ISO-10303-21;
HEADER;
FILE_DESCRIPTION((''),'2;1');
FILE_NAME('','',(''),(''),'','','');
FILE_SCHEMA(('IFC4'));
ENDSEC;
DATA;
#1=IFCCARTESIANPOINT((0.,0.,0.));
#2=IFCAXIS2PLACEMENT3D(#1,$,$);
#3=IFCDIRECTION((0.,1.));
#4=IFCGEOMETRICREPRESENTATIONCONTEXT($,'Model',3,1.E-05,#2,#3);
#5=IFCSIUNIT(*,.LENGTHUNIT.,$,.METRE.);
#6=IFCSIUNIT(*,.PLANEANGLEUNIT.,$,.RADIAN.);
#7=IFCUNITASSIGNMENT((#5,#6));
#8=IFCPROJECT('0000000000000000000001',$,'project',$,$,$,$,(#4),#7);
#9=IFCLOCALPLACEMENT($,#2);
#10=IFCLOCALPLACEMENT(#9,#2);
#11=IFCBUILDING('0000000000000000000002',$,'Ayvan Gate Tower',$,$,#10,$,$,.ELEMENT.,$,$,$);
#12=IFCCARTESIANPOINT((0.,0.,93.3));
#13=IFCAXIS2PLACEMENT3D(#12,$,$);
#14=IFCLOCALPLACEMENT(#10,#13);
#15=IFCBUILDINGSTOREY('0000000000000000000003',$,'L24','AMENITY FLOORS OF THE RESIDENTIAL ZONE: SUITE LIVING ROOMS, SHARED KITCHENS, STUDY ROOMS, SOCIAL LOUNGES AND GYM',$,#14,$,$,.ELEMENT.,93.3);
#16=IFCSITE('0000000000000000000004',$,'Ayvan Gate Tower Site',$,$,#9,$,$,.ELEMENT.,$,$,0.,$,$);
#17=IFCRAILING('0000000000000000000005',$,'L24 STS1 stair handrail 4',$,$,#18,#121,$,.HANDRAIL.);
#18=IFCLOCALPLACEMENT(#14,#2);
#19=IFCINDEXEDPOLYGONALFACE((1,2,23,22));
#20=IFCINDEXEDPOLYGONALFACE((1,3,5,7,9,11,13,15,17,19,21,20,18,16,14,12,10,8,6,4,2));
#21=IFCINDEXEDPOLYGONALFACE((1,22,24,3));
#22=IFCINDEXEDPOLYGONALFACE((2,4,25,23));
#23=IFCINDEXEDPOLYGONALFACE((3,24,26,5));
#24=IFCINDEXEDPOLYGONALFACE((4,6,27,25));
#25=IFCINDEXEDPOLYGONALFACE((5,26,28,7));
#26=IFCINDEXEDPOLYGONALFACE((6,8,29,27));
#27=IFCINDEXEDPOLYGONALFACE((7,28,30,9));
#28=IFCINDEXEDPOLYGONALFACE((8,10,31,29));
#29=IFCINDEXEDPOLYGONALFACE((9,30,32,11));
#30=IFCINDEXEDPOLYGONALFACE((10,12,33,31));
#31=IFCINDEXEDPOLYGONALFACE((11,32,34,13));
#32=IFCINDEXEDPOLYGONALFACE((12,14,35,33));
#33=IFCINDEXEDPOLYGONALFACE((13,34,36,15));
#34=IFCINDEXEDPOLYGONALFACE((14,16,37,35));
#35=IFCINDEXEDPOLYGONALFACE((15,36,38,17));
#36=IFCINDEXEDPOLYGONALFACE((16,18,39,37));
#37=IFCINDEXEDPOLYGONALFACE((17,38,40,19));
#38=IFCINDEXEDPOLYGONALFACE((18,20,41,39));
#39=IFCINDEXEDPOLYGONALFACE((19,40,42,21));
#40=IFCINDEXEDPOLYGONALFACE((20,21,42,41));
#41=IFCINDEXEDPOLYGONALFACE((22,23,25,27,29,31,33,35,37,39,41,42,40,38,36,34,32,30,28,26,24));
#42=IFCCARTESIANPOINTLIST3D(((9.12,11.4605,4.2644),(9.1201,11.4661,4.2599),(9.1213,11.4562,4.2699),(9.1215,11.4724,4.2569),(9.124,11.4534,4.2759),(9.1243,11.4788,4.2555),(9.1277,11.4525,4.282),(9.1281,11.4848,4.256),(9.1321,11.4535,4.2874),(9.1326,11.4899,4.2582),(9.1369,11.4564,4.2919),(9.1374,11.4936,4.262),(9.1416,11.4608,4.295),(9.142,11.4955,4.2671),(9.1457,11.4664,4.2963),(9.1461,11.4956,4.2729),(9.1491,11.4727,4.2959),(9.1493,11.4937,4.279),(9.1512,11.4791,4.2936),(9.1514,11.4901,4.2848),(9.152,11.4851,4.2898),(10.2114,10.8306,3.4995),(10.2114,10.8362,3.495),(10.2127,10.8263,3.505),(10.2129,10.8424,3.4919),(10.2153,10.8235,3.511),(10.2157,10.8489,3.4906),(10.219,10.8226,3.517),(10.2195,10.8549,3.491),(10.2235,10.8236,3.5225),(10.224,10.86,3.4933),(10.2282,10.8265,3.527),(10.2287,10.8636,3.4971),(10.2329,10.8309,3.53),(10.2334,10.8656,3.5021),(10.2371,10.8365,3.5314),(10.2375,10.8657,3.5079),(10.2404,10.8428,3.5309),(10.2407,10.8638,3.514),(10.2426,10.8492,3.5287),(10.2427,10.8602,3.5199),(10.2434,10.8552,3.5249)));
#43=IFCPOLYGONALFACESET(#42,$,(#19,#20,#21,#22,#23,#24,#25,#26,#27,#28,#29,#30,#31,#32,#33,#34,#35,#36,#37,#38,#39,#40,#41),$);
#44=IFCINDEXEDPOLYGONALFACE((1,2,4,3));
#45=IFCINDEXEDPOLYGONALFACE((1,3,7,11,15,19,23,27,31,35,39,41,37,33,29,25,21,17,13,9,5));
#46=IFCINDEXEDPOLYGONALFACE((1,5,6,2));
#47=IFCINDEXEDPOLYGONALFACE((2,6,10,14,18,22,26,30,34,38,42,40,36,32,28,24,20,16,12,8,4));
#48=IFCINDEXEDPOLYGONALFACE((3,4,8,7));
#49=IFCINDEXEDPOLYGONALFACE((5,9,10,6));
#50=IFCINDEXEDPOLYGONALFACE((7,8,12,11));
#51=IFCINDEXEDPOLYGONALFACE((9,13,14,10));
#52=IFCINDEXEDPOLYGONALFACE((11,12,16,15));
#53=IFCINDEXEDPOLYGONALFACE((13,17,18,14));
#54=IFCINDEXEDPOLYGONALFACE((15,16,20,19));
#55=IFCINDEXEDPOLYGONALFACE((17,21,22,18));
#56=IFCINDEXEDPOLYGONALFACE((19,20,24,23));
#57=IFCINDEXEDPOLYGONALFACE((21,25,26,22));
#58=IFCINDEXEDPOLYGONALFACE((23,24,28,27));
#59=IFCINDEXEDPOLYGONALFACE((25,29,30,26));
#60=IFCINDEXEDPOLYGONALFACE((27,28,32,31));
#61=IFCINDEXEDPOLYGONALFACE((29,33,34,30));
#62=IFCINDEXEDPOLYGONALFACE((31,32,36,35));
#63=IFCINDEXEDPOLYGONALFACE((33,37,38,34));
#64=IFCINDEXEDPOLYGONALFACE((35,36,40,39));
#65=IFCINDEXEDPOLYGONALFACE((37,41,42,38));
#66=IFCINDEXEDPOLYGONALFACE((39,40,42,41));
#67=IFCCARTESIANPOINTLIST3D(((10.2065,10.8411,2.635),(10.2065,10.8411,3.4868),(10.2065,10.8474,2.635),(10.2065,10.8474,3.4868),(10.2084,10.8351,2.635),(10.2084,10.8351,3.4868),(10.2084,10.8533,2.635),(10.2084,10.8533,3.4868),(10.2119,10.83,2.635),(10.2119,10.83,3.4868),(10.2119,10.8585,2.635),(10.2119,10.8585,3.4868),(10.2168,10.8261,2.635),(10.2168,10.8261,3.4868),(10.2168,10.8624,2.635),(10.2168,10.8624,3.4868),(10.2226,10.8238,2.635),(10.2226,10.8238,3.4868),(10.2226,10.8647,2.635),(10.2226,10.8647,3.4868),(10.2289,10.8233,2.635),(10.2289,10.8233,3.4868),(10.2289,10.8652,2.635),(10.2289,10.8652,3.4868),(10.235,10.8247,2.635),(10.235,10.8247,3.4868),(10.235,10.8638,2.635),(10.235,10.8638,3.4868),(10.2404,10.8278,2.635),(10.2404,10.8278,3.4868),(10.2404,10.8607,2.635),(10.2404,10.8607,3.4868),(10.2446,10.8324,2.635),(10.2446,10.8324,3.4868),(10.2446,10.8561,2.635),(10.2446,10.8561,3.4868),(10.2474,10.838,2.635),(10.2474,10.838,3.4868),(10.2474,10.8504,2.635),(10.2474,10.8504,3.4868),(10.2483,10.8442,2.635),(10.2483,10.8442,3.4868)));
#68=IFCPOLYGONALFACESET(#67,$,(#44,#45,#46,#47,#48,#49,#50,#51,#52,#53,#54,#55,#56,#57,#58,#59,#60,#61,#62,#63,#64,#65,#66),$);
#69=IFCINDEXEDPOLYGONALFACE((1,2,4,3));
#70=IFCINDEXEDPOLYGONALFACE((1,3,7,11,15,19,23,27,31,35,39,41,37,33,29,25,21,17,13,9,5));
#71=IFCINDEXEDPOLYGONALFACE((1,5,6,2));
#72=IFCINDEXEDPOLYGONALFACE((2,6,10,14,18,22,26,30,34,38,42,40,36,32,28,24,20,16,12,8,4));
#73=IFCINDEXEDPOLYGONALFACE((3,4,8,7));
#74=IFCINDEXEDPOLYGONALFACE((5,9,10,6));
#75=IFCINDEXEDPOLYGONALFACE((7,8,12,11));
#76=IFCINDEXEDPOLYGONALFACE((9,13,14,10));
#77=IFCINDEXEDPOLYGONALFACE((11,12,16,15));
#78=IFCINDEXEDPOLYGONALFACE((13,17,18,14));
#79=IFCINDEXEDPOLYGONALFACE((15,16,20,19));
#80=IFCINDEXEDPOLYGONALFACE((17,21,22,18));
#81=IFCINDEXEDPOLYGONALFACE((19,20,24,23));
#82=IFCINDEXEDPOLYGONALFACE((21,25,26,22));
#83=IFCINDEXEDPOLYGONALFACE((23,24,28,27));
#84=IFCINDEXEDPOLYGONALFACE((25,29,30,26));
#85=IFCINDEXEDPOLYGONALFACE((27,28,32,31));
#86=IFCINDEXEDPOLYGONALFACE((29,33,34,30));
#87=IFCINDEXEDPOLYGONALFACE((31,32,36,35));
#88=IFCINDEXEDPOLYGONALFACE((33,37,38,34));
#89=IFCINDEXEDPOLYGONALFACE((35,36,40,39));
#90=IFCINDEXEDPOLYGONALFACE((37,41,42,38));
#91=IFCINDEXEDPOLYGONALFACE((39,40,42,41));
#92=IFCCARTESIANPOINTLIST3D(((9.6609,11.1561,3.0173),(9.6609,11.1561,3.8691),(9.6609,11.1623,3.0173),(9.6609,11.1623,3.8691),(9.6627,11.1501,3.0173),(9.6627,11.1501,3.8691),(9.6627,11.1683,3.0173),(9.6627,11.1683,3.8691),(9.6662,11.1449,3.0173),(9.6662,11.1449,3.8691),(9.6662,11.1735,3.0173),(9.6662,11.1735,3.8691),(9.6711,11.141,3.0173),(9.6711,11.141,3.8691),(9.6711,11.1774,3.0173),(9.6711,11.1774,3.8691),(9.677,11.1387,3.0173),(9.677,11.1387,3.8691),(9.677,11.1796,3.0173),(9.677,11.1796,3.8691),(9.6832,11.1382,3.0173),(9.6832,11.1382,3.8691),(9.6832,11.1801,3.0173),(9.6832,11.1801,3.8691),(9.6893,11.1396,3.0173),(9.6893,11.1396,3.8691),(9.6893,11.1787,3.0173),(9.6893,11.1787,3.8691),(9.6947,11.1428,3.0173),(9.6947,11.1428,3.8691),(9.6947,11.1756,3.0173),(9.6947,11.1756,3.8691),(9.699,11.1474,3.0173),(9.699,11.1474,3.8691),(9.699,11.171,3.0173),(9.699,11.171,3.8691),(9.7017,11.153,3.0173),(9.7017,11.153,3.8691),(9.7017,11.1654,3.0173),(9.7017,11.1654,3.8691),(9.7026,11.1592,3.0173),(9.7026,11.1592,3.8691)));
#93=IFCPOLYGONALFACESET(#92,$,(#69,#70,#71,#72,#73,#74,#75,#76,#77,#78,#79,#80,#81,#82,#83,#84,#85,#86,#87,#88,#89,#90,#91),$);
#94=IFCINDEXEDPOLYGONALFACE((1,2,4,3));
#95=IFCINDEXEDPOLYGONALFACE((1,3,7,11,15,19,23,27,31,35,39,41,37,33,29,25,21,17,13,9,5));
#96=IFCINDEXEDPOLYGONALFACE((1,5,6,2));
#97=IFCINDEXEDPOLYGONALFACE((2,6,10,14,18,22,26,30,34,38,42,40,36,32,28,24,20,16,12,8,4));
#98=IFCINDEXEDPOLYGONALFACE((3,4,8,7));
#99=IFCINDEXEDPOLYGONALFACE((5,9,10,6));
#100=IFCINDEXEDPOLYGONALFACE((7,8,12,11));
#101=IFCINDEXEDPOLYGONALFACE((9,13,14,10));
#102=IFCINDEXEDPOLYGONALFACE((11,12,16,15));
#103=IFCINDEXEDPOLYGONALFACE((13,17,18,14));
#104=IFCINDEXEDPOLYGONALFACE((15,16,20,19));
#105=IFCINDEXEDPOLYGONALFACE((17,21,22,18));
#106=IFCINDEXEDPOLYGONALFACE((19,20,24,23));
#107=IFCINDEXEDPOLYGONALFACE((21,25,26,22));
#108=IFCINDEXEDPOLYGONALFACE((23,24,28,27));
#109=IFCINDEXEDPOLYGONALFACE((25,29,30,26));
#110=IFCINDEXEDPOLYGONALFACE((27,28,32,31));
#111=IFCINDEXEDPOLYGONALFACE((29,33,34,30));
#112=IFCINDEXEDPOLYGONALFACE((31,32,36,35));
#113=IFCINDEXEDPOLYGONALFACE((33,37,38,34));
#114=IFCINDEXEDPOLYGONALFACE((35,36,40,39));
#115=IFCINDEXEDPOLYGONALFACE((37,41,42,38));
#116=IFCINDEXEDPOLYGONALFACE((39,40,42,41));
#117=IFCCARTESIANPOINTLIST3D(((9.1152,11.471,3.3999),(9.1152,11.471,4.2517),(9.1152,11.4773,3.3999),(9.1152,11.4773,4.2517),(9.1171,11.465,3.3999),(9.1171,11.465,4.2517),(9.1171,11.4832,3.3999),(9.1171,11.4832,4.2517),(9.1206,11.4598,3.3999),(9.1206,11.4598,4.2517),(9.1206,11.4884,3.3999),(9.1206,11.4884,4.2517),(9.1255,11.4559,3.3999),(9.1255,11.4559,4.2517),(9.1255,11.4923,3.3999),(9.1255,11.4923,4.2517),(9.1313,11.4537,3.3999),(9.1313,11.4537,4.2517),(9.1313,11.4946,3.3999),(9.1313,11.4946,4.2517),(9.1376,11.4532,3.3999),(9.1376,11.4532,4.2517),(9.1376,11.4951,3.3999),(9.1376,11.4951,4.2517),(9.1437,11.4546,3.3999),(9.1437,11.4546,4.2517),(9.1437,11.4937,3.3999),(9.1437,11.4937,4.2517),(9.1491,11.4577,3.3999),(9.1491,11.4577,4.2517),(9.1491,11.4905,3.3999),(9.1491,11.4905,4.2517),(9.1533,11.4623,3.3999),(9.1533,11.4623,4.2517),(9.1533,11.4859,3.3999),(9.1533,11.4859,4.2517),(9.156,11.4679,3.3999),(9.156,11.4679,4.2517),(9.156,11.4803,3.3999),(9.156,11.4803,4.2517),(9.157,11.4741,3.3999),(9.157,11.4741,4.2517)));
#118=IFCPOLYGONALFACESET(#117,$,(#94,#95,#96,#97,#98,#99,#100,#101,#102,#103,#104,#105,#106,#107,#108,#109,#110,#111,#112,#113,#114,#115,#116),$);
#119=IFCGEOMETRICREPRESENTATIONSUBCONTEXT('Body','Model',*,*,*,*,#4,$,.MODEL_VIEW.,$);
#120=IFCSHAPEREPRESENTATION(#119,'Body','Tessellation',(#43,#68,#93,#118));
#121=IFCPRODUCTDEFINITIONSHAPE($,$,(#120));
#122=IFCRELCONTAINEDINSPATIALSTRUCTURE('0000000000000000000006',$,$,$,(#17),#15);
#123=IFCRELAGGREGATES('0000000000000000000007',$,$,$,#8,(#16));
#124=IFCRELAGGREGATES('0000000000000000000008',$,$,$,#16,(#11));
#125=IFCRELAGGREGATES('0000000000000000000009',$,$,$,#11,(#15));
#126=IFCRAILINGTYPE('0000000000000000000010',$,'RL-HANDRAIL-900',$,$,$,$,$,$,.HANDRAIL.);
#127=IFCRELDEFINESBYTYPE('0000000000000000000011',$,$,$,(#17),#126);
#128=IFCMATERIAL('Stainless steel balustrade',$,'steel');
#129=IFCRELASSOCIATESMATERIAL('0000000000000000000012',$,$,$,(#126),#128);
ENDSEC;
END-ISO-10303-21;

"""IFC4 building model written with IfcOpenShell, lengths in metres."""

from ifc_helpers import new_model, si_unit, direction, frame, origin, origin_2d, place, context, subcontext, project, spatial, circle, extrude, material, type_object, element, save


model = new_model("IFC4")

# Units and contexts
model_context = context("Model", 3, precision=1e-05, world=origin(), true_north=direction((0.0, 1.0)))
body_context = subcontext(model_context, "Body", "Model", "MODEL_VIEW")
ifc_project = project(units=[si_unit("LENGTHUNIT", "METRE"), si_unit("PLANEANGLEUNIT", "RADIAN")], contexts=[model_context])

# Site, building, storey
site_placement = place(None, origin())
site = spatial("IfcSite", under=ifc_project, at=site_placement, Name="Ayvan Gate Tower Site", CompositionType="ELEMENT", RefElevation=0.0)
building_placement = place(site_placement, origin())
building = spatial("IfcBuilding", under=site, at=building_placement, Name="Ayvan Gate Tower", CompositionType="ELEMENT")
storey_placement = place(building_placement, frame((0.0, 0.0, 93.3)))
storey = spatial("IfcBuildingStorey", under=building, at=storey_placement, Name="L24", Description="AMENITY FLOORS OF THE RESIDENTIAL ZONE: SUITE LIVING ROOMS, SHARED KITCHENS, STUDY ROOMS, SOCIAL LOUNGES AND GYM", CompositionType="ELEMENT", Elevation=93.3)

# Railing
ifc_material_1 = material(Name="Stainless steel balustrade", Category="steel")
railing_type_1 = type_object("IfcRailingType", Name="RL-HANDRAIL-900", PredefinedType="HANDRAIL", material=ifc_material_1)
railing_1_placement = place(storey_placement, frame((10.2273, 10.8442, 2.635)))
element("IfcRailing", 1, at=railing_1_placement, inside=storey, type_object=railing_type_1, Name="L24 STS1 stair handrail 4", PredefinedType="HANDRAIL", context=body_context, shape_type="SweptSolid", body=[
    extrude(circle(Radius=0.0239, at=origin_2d()), frame((0.0, 0.0, 0.876), z_axis=(-0.740357, 0.42732, 0.518912), x_axis=(-0.49989, -0.866089, 0.0)), (0.0, 0.0, 1.0), 1.4741),
    extrude(circle(Radius=0.021, at=origin_2d()), origin(), (0.0, 0.0, 1.0), 0.8518),
    extrude(circle(Radius=0.021, at=origin_2d()), frame((-0.5457, 0.3149, 0.3823)), (0.0, 0.0, 1.0), 0.8518),
    extrude(circle(Radius=0.021, at=origin_2d()), frame((-1.0913, 0.6299, 0.7649)), (0.0, 0.0, 1.0), 0.8518),
])

save(model, "model.ifc")
